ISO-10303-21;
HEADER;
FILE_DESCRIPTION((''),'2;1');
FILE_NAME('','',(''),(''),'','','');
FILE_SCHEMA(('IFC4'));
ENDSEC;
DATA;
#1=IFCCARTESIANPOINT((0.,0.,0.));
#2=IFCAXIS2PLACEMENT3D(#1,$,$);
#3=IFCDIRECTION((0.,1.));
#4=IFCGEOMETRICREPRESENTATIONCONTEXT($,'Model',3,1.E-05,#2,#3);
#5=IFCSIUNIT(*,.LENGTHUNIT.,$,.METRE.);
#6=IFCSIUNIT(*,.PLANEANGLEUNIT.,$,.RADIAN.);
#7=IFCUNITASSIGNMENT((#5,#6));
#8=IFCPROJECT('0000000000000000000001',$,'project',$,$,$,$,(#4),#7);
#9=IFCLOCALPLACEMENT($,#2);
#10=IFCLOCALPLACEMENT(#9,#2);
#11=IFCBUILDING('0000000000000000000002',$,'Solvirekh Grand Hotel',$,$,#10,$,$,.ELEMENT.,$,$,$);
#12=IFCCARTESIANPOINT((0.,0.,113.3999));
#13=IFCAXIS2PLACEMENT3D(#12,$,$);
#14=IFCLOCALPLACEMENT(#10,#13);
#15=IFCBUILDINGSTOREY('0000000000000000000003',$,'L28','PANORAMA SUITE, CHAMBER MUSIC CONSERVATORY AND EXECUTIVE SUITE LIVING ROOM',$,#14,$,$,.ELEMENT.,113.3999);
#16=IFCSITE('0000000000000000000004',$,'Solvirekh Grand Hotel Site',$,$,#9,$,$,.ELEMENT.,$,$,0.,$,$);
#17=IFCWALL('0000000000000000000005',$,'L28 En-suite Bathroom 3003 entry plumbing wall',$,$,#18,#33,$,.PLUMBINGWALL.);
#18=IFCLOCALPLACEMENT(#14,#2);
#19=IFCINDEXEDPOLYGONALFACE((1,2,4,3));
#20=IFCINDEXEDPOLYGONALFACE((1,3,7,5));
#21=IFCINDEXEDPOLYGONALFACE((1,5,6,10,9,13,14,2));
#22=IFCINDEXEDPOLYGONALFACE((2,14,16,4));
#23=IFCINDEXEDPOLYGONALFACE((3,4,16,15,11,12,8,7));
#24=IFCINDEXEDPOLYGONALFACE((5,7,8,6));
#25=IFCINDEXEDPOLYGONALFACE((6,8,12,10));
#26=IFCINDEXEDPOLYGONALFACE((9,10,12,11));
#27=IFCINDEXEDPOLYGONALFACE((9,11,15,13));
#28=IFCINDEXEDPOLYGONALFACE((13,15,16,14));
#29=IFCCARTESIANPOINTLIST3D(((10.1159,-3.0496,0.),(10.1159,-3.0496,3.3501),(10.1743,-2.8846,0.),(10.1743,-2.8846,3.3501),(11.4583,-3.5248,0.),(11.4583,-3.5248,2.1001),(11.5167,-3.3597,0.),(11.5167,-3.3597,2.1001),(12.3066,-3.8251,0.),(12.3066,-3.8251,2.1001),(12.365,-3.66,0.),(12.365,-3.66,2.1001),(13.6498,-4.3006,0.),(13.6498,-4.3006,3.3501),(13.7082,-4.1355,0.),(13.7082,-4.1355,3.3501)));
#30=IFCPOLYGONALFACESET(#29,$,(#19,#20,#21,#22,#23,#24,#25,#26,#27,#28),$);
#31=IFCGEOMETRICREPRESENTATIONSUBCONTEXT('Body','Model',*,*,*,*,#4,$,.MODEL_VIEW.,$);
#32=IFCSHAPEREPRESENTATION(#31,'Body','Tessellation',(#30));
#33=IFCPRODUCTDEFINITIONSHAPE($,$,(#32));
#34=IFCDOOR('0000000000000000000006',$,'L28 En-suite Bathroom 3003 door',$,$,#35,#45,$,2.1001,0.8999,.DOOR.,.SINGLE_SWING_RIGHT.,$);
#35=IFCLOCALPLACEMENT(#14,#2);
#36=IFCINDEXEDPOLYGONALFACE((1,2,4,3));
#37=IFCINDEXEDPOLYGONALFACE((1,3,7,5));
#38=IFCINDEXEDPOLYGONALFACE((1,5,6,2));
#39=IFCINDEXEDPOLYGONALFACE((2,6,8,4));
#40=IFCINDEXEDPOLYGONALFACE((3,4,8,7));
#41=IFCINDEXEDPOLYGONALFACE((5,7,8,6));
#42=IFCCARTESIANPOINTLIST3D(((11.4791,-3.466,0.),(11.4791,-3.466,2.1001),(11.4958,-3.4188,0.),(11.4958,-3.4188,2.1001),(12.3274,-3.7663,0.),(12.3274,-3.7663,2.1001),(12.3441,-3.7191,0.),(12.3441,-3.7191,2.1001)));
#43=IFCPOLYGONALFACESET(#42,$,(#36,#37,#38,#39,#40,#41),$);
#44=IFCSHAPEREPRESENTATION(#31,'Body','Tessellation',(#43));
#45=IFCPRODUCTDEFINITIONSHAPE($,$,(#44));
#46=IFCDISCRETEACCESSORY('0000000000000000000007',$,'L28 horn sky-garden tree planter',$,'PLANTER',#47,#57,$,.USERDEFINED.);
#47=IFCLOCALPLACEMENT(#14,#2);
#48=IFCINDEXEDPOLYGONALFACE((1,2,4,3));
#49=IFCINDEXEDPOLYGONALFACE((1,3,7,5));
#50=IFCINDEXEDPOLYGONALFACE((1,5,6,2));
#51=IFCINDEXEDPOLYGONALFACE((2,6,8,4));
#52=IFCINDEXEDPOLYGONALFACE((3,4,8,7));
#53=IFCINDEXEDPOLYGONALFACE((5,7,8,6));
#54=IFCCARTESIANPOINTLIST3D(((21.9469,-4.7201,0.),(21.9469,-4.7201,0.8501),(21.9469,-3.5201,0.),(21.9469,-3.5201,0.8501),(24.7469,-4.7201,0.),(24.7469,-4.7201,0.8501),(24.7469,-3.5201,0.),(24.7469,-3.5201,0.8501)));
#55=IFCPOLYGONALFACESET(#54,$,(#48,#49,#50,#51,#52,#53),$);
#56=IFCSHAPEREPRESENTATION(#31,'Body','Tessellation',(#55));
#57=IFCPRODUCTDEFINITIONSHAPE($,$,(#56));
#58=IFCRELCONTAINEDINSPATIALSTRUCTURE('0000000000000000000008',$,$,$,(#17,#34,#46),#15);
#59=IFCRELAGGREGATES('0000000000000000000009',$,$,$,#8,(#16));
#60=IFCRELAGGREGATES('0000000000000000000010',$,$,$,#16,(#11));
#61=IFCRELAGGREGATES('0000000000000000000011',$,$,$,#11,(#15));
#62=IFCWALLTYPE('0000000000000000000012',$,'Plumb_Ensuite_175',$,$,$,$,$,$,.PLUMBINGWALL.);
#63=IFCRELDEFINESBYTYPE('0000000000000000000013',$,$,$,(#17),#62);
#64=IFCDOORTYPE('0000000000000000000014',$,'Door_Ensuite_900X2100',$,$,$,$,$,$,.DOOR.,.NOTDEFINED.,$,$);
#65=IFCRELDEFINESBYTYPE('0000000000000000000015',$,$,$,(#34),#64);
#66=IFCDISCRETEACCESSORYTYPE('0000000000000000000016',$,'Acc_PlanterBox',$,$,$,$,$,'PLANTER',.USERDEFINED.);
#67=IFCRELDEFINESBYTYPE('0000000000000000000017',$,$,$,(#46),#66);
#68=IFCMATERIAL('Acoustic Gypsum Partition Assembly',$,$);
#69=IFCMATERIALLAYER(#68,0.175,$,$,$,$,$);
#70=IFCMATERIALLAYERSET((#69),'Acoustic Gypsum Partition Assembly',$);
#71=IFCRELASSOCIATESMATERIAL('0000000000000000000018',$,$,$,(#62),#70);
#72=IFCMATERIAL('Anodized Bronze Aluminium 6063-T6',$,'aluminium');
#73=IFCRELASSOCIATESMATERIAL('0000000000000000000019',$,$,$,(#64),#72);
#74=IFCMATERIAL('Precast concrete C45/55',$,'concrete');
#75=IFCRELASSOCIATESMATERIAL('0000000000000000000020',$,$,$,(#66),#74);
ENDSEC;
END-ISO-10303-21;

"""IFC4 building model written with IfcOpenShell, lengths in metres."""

from ifc_helpers import new_model, si_unit, direction, frame, frame_2d, origin, origin_2d, place, context, subcontext, project, spatial, rectangle, extrude, material, layer, layer_set, type_object, element, fill, save


model = new_model("IFC4")

# Units and contexts
model_context = context("Model", 3, precision=1e-05, world=origin(), true_north=direction((0.0, 1.0)))
body_context = subcontext(model_context, "Body", "Model", "MODEL_VIEW")
ifc_project = project(units=[si_unit("LENGTHUNIT", "METRE"), si_unit("PLANEANGLEUNIT", "RADIAN")], contexts=[model_context])

# Site, building, storey
site_placement = place(None, origin())
site = spatial("IfcSite", under=ifc_project, at=site_placement, Name="Solvirekh Grand Hotel Site", CompositionType="ELEMENT", RefElevation=0.0)
building_placement = place(site_placement, origin())
building = spatial("IfcBuilding", under=site, at=building_placement, Name="Solvirekh Grand Hotel", CompositionType="ELEMENT")
storey_placement = place(building_placement, frame((0.0, 0.0, 113.3999)))
storey = spatial("IfcBuildingStorey", under=building, at=storey_placement, Name="L28", Description="PANORAMA SUITE, CHAMBER MUSIC CONSERVATORY AND EXECUTIVE SUITE LIVING ROOM", CompositionType="ELEMENT", Elevation=113.3999)

# Shared definitions
ifc_material_1 = material(Name="Anodized Bronze Aluminium 6063-T6", Category="aluminium")

# Shared definitions
ifc_material_2 = material(Name="Precast concrete C45/55", Category="concrete")

# Shared definitions
ifc_material_3 = material(Name="Acoustic Gypsum Partition Assembly")

# Shared definitions
ifc_layer_1 = layer(ifc_material_3, 0.175)
ifc_layer_set_1 = layer_set([ifc_layer_1], Name="Acoustic Gypsum Partition Assembly")
wall_type_1 = type_object("IfcWallType", Name="Plumb_Ensuite_175", PredefinedType="PLUMBINGWALL", material=ifc_layer_set_1)

# Wall, opening, door
wall_1_placement = place(storey_placement, frame((10.145, -2.967, 0.0), z_axis=(0.0, 0.0, 1.0), x_axis=(0.94268, -0.333699, 0.0)))
wall_1 = element("IfcWall", 1, at=wall_1_placement, inside=storey, type_object=wall_type_1, Name="L28 En-suite Bathroom 3003 entry plumbing wall", PredefinedType="PLUMBINGWALL", context=body_context, shape_type="SweptSolid", body=[
    extrude(rectangle(XDim=3.7488, YDim=0.175, at=frame_2d((1.8745, 0.0))), origin(), (0.0, 0.0, 1.0), 3.3501),
])
opening_1_placement = place(wall_1_placement, frame((1.4241, 0.0, 0.0)))
opening_1 = element("IfcOpeningElement", 2, at=opening_1_placement, cuts=wall_1, PredefinedType="OPENING", context=body_context, shape_type="SweptSolid", body=[
    extrude(rectangle(XDim=0.8999, YDim=2.1001, at=frame_2d((0.45, 1.05))), frame((0.0, 0.0977, 0.0), z_axis=(0.0, -1.0, 0.0), x_axis=(1.0, 0.0, 0.0)), (0.0, 0.0, 1.0), 0.1951),
])
door_type_1 = type_object("IfcDoorType", Name="Door_Ensuite_900X2100", OperationType="NOTDEFINED", PredefinedType="DOOR", material=ifc_material_1)
door_1_placement = place(opening_1_placement, origin())
door_1 = element("IfcDoor", 3, at=door_1_placement, inside=storey, type_object=door_type_1, Name="L28 En-suite Bathroom 3003 door", OperationType="SINGLE_SWING_RIGHT", OverallHeight=2.1001, OverallWidth=0.8999, PredefinedType="DOOR", context=body_context, shape_type="SweptSolid", body=[
    extrude(rectangle(XDim=0.8999, YDim=2.1001, at=frame_2d((0.45, 1.05))), frame((0.0, 0.0249, 0.0), z_axis=(0.0, -1.0, 0.0), x_axis=(1.0, 0.0, 0.0)), (0.0, 0.0, 1.0), 0.05),
])
fill(opening_1, door_1)

# Discrete accessory
discrete_accessory_type = type_object("IfcDiscreteAccessoryType", Name="Acc_PlanterBox", ElementType="PLANTER", PredefinedType="USERDEFINED", material=ifc_material_2)
discrete_accessory_placement = place(storey_placement, frame((23.3469, -4.1201, 0.0), z_axis=(0.0, 0.0, 1.0), x_axis=(0.0, 1.0, 0.0)))
element("IfcDiscreteAccessory", 4, at=discrete_accessory_placement, inside=storey, type_object=discrete_accessory_type, Name="L28 horn sky-garden tree planter", ObjectType="PLANTER", PredefinedType="USERDEFINED", context=body_context, shape_type="SweptSolid", body=[
    extrude(rectangle(XDim=1.2, YDim=2.8, at=origin_2d()), origin(), (0.0, 0.0, 1.0), 0.8501),
])

save(model, "model.ifc")
